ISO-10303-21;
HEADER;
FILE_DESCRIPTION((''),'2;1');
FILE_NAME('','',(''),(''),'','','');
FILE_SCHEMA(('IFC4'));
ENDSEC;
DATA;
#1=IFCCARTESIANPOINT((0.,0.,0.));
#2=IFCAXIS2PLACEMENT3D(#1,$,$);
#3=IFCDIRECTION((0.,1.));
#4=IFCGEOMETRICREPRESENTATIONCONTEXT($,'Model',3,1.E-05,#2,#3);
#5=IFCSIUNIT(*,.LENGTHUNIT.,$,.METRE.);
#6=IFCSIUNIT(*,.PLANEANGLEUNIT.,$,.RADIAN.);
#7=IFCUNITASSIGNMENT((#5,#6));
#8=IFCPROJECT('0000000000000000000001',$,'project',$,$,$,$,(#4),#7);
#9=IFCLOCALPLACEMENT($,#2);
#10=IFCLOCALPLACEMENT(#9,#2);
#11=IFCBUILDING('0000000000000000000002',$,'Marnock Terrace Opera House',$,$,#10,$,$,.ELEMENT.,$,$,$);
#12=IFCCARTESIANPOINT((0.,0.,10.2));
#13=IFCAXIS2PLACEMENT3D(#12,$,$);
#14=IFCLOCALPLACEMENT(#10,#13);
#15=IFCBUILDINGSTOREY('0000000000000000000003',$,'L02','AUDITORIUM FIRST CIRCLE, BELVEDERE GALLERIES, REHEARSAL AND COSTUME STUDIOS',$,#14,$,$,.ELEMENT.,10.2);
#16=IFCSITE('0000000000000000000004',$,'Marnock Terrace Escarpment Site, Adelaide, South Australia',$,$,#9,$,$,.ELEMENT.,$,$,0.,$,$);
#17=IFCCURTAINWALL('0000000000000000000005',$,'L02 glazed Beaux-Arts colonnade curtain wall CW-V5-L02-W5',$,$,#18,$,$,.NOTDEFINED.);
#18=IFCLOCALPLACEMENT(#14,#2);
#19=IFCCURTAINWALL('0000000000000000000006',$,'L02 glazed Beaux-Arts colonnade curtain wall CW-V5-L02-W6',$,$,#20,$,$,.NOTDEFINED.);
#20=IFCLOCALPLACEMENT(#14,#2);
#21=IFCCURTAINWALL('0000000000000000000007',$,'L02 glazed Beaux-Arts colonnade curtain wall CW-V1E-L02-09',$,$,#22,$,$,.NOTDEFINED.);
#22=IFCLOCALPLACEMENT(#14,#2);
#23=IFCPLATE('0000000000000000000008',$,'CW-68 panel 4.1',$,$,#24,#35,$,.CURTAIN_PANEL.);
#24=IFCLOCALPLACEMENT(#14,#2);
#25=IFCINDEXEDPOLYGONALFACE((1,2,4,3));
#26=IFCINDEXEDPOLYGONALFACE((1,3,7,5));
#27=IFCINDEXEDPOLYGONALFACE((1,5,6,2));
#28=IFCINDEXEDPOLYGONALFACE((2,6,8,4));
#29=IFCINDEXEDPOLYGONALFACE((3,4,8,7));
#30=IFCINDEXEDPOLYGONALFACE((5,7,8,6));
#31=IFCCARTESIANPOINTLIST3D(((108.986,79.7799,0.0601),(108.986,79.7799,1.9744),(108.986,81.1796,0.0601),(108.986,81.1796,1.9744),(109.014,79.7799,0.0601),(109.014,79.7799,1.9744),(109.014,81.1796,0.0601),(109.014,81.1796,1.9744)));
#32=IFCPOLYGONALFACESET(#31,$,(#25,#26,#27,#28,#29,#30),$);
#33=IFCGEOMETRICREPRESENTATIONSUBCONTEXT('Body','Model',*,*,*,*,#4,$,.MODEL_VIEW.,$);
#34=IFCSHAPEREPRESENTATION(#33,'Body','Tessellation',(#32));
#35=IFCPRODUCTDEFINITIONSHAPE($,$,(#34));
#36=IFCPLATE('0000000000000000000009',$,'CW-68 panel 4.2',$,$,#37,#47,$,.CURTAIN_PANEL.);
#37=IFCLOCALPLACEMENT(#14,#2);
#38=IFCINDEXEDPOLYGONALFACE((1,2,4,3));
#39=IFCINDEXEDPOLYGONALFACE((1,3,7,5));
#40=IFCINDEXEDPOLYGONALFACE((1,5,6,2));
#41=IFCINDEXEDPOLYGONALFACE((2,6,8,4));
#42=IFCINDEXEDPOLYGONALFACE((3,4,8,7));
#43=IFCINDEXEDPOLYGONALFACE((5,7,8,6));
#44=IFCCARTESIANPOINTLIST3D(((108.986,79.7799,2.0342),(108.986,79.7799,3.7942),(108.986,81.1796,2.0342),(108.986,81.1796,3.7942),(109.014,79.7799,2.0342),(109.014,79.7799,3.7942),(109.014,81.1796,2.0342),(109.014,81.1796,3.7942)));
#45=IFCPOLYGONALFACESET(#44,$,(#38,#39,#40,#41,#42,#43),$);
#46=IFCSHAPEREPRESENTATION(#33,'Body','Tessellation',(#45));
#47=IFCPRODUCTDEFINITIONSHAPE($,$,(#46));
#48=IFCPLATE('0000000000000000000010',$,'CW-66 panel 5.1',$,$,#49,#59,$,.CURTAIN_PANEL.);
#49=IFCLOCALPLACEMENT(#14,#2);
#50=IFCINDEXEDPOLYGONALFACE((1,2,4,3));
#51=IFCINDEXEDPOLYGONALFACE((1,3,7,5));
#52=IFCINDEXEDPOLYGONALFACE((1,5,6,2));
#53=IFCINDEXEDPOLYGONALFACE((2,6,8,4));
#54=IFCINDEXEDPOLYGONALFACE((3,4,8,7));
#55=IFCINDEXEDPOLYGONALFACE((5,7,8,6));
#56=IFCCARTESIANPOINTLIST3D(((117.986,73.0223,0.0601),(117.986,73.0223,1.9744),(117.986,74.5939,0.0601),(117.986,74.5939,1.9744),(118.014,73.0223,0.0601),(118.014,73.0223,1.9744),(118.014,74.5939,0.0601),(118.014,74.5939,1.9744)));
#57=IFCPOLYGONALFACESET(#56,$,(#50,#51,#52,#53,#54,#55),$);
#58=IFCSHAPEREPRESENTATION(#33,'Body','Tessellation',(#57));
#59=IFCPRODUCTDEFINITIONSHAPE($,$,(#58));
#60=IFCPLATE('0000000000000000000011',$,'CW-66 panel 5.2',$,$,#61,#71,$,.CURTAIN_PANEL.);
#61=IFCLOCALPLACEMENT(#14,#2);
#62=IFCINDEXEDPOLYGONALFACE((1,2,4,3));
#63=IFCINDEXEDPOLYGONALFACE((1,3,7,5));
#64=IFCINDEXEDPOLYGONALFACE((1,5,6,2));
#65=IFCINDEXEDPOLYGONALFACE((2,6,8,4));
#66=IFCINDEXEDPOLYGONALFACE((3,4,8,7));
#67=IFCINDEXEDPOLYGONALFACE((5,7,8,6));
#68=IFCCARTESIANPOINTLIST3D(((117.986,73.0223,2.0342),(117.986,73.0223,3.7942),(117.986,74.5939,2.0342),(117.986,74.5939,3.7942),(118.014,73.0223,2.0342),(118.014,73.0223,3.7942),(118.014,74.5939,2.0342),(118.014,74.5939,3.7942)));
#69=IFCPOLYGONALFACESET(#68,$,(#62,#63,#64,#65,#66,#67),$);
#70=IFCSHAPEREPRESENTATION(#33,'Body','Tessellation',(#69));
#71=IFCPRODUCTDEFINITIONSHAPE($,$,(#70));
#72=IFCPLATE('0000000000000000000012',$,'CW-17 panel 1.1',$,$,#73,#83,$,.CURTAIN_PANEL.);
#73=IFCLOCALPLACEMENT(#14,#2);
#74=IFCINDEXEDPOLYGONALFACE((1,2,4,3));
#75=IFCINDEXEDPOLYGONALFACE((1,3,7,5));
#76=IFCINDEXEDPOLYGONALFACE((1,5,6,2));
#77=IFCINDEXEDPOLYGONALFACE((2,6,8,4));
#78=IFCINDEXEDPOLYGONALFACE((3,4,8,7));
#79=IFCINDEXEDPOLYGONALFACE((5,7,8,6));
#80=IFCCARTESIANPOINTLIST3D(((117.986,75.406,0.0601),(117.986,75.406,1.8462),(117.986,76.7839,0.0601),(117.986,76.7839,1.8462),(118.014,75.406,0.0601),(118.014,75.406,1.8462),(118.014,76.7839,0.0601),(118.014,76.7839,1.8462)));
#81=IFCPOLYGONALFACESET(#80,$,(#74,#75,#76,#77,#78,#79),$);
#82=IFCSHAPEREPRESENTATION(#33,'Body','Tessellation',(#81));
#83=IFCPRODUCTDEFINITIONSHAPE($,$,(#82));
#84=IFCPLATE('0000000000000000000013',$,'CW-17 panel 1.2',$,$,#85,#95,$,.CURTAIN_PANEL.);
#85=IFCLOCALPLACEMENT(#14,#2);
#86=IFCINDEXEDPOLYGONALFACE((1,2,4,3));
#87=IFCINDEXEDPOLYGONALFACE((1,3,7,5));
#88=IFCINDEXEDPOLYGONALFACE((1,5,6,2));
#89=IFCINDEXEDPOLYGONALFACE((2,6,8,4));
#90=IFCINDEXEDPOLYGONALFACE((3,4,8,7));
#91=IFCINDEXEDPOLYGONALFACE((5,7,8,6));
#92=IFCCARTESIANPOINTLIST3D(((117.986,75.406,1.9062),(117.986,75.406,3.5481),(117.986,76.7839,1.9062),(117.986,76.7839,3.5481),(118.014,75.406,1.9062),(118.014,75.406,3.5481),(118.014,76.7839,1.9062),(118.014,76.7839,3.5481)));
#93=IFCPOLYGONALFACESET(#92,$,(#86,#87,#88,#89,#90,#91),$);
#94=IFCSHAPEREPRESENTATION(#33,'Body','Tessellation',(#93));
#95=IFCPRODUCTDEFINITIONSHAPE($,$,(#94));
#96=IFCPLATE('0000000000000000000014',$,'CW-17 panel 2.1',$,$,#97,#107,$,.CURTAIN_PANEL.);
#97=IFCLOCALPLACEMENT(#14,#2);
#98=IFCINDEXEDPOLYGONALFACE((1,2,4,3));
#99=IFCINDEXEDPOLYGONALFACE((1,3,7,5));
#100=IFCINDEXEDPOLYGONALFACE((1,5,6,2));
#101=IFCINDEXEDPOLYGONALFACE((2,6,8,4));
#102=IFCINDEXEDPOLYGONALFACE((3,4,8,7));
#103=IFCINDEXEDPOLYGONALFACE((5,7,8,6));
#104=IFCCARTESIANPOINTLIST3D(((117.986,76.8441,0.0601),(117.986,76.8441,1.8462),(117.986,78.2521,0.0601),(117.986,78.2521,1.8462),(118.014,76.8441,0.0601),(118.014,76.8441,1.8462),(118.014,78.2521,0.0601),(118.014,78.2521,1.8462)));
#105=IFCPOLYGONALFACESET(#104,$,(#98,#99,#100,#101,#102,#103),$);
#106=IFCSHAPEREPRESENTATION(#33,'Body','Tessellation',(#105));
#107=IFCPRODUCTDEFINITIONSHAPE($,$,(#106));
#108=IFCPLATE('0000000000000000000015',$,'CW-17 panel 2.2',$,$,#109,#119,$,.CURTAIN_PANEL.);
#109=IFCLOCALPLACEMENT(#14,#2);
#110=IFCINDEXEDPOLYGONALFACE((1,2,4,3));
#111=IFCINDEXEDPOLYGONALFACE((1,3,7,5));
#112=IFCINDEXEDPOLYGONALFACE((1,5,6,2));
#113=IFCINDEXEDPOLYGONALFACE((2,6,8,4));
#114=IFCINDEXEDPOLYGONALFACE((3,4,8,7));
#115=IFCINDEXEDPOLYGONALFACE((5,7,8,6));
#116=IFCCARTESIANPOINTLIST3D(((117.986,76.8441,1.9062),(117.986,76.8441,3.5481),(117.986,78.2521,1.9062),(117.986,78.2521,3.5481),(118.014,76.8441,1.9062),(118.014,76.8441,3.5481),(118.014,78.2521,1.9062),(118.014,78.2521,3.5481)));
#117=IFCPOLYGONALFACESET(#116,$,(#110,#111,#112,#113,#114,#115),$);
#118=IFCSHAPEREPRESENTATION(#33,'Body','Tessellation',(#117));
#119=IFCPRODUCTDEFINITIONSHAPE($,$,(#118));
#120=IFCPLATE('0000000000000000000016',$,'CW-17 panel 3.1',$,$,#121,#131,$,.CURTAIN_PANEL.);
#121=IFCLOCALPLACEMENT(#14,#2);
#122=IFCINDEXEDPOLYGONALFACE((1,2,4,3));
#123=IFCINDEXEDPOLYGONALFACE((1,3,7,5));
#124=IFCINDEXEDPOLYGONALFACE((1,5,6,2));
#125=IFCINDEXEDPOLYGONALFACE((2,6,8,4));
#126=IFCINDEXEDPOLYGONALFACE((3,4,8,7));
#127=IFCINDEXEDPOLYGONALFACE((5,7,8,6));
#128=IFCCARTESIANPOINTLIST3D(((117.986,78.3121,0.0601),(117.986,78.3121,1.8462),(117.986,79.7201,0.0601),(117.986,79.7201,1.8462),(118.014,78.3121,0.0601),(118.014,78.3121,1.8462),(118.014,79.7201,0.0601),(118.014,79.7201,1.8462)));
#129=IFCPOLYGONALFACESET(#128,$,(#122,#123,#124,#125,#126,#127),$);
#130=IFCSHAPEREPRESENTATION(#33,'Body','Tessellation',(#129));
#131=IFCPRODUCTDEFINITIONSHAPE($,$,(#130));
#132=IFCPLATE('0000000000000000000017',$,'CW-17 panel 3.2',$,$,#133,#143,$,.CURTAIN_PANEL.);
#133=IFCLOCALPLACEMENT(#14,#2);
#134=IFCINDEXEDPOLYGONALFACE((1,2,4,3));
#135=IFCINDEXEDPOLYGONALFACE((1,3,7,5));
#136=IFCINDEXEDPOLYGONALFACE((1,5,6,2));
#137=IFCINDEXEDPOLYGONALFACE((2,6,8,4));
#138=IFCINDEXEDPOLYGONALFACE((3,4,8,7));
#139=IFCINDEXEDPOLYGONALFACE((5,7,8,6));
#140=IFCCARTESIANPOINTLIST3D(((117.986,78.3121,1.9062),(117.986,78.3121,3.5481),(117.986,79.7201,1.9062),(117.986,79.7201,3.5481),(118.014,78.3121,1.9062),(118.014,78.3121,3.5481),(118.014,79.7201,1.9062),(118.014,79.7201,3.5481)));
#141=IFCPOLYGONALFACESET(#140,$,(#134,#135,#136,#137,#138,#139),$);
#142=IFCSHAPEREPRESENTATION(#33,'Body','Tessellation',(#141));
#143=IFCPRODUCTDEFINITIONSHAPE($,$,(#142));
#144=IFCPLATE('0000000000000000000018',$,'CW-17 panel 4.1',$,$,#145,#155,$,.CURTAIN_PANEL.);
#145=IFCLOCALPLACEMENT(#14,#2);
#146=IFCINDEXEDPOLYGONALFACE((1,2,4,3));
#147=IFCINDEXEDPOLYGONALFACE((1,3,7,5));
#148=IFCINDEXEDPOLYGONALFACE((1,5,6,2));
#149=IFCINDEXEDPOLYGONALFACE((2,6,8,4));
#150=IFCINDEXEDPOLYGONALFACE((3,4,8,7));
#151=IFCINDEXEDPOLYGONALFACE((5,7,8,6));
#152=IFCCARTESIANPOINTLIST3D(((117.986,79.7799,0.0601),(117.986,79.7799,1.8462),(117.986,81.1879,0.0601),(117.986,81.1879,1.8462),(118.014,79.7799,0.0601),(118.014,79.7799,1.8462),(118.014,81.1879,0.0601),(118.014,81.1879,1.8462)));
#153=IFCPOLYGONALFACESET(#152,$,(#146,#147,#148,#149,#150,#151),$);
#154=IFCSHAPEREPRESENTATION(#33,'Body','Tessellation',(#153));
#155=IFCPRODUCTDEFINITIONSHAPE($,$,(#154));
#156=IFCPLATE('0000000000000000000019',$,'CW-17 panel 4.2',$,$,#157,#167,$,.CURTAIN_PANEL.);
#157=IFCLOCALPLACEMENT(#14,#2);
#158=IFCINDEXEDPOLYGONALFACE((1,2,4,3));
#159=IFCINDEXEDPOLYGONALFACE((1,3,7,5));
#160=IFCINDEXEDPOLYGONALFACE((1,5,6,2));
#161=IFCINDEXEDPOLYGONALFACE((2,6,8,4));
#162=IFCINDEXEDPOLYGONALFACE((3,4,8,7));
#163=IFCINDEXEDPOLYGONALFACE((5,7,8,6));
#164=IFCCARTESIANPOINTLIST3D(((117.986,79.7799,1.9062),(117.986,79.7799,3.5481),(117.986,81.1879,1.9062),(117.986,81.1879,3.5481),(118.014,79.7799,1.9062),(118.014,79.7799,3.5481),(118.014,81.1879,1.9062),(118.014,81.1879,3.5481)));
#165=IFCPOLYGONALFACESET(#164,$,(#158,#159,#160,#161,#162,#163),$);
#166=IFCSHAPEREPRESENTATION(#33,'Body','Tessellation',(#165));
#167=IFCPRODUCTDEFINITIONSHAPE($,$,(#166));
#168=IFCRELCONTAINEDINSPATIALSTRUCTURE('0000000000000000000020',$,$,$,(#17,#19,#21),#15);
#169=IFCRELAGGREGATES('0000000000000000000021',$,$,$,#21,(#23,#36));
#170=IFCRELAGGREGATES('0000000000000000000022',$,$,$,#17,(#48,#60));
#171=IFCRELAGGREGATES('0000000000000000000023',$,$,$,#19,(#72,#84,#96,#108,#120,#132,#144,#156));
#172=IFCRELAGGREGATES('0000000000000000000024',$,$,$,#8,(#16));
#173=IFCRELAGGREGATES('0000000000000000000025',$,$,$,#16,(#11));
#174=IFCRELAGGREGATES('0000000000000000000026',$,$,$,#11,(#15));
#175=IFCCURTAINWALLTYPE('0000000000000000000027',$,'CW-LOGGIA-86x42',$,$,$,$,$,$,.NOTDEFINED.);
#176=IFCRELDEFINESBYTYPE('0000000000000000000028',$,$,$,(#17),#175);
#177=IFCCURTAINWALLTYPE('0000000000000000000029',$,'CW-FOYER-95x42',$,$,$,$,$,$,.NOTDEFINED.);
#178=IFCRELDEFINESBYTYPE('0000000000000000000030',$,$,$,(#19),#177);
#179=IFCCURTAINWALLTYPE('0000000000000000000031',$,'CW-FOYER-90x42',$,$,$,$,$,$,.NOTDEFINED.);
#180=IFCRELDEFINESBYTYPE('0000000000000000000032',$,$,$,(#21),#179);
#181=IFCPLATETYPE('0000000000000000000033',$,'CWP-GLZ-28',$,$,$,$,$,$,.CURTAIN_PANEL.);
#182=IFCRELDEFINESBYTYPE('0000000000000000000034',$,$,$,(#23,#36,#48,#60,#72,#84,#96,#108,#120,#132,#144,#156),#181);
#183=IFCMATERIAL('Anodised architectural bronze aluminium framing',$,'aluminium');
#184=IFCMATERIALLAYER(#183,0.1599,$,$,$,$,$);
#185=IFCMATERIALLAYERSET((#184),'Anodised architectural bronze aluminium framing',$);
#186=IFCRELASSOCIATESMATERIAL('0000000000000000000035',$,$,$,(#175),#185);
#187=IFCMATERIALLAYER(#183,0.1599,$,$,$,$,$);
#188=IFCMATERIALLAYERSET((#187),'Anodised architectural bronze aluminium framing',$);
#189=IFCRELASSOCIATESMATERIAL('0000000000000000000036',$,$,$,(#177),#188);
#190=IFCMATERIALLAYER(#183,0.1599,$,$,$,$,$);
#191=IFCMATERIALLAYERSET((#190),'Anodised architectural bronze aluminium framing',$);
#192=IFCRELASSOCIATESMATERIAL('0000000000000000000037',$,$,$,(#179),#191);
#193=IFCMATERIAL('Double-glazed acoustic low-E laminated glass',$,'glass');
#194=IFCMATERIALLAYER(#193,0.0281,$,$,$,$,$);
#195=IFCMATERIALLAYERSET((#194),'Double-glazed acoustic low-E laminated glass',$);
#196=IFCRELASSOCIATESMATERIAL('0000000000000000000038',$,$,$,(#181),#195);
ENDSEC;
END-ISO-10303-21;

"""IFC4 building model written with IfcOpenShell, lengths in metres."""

from ifc_helpers import new_model, si_unit, direction, frame, origin, origin_2d, place, context, subcontext, project, spatial, rectangle, extrude, material, layer, layer_set, type_object, element, aggregate, save


model = new_model("IFC4")

# Units and contexts
model_context = context("Model", 3, precision=1e-05, world=origin(), true_north=direction((0.0, 1.0)))
body_context = subcontext(model_context, "Body", "Model", "MODEL_VIEW")
ifc_project = project(units=[si_unit("LENGTHUNIT", "METRE"), si_unit("PLANEANGLEUNIT", "RADIAN")], contexts=[model_context])

# Site, building, storey
site_placement = place(None, origin())
site = spatial("IfcSite", under=ifc_project, at=site_placement, Name="Marnock Terrace Escarpment Site, Adelaide, South Australia", CompositionType="ELEMENT", RefElevation=0.0)
building_placement = place(site_placement, origin())
building = spatial("IfcBuilding", under=site, at=building_placement, Name="Marnock Terrace Opera House", CompositionType="ELEMENT")
storey_placement = place(building_placement, frame((0.0, 0.0, 10.2)))
storey = spatial("IfcBuildingStorey", under=building, at=storey_placement, Name="L02", Description="AUDITORIUM FIRST CIRCLE, BELVEDERE GALLERIES, REHEARSAL AND COSTUME STUDIOS", CompositionType="ELEMENT", Elevation=10.2)

# Curtain wall
ifc_material_1 = material(Name="Anodised architectural bronze aluminium framing", Category="aluminium")
ifc_layer_1 = layer(ifc_material_1, 0.1599)
ifc_layer_set_1 = layer_set([ifc_layer_1], Name="Anodised architectural bronze aluminium framing")
curtain_wall_type_1 = type_object("IfcCurtainWallType", Name="CW-LOGGIA-86x42", PredefinedType="NOTDEFINED", material=ifc_layer_set_1)
curtain_wall_1_placement = place(storey_placement, origin())
curtain_wall_1 = element("IfcCurtainWall", 1, at=curtain_wall_1_placement, inside=storey, type_object=curtain_wall_type_1, Name="L02 glazed Beaux-Arts colonnade curtain wall CW-V5-L02-W5", PredefinedType="NOTDEFINED")

# Curtain wall
ifc_layer_2 = layer(ifc_material_1, 0.1599)
ifc_layer_set_2 = layer_set([ifc_layer_2], Name="Anodised architectural bronze aluminium framing")
curtain_wall_type_2 = type_object("IfcCurtainWallType", Name="CW-FOYER-95x42", PredefinedType="NOTDEFINED", material=ifc_layer_set_2)
curtain_wall_2_placement = place(storey_placement, origin())
curtain_wall_2 = element("IfcCurtainWall", 2, at=curtain_wall_2_placement, inside=storey, type_object=curtain_wall_type_2, Name="L02 glazed Beaux-Arts colonnade curtain wall CW-V5-L02-W6", PredefinedType="NOTDEFINED")

# Curtain wall
ifc_layer_3 = layer(ifc_material_1, 0.1599)
ifc_layer_set_3 = layer_set([ifc_layer_3], Name="Anodised architectural bronze aluminium framing")
curtain_wall_type_3 = type_object("IfcCurtainWallType", Name="CW-FOYER-90x42", PredefinedType="NOTDEFINED", material=ifc_layer_set_3)
curtain_wall_3_placement = place(storey_placement, origin())
curtain_wall_3 = element("IfcCurtainWall", 3, at=curtain_wall_3_placement, inside=storey, type_object=curtain_wall_type_3, Name="L02 glazed Beaux-Arts colonnade curtain wall CW-V1E-L02-09", PredefinedType="NOTDEFINED")

# Plates
ifc_material_2 = material(Name="Double-glazed acoustic low-E laminated glass", Category="glass")
ifc_layer_4 = layer(ifc_material_2, 0.0281)
ifc_layer_set_4 = layer_set([ifc_layer_4], Name="Double-glazed acoustic low-E laminated glass")
plate_type = type_object("IfcPlateType", Name="CWP-GLZ-28", PredefinedType="CURTAIN_PANEL", material=ifc_layer_set_4)
plate_1_placement = place(storey_placement, frame((109.0, 80.4797, 0.0601), z_axis=(0.0, 0.0, 1.0), x_axis=(0.0, 1.0, 0.0)))
plate_1 = element("IfcPlate", 4, at=plate_1_placement, type_object=plate_type, Name="CW-68 panel 4.1", PredefinedType="CURTAIN_PANEL", context=body_context, shape_type="SweptSolid", body=[
    extrude(rectangle(XDim=1.3997, YDim=0.0281, at=origin_2d()), origin(), (0.0, 0.0, 1.0), 1.9143),
])
plate_2_placement = place(storey_placement, frame((109.0, 80.4797, 2.0342), z_axis=(0.0, 0.0, 1.0), x_axis=(0.0, 1.0, 0.0)))
plate_2 = element("IfcPlate", 5, at=plate_2_placement, type_object=plate_type, Name="CW-68 panel 4.2", PredefinedType="CURTAIN_PANEL", context=body_context, shape_type="SweptSolid", body=[
    extrude(rectangle(XDim=1.3997, YDim=0.0281, at=origin_2d()), origin(), (0.0, 0.0, 1.0), 1.76),
])
aggregate(curtain_wall_3, [plate_1, plate_2])
plate_3_placement = place(storey_placement, frame((118.0, 73.8081, 0.0601), z_axis=(0.0, 0.0, 1.0), x_axis=(0.0, 1.0, 0.0)))
plate_3 = element("IfcPlate", 6, at=plate_3_placement, type_object=plate_type, Name="CW-66 panel 5.1", PredefinedType="CURTAIN_PANEL", context=body_context, shape_type="SweptSolid", body=[
    extrude(rectangle(XDim=1.5715, YDim=0.0281, at=origin_2d()), origin(), (0.0, 0.0, 1.0), 1.9143),
])
plate_4_placement = place(storey_placement, frame((118.0, 73.8081, 2.0342), z_axis=(0.0, 0.0, 1.0), x_axis=(0.0, 1.0, 0.0)))
plate_4 = element("IfcPlate", 7, at=plate_4_placement, type_object=plate_type, Name="CW-66 panel 5.2", PredefinedType="CURTAIN_PANEL", context=body_context, shape_type="SweptSolid", body=[
    extrude(rectangle(XDim=1.5715, YDim=0.0281, at=origin_2d()), origin(), (0.0, 0.0, 1.0), 1.76),
])
aggregate(curtain_wall_1, [plate_3, plate_4])
plate_5_placement = place(storey_placement, frame((118.0, 76.095, 0.0601), z_axis=(0.0, 0.0, 1.0), x_axis=(0.0, 1.0, 0.0)))
plate_5 = element("IfcPlate", 8, at=plate_5_placement, type_object=plate_type, Name="CW-17 panel 1.1", PredefinedType="CURTAIN_PANEL", context=body_context, shape_type="SweptSolid", body=[
    extrude(rectangle(XDim=1.3779, YDim=0.0281, at=origin_2d()), origin(), (0.0, 0.0, 1.0), 1.7861),
])
plate_6_placement = place(storey_placement, frame((118.0, 76.095, 1.9062), z_axis=(0.0, 0.0, 1.0), x_axis=(0.0, 1.0, 0.0)))
plate_6 = element("IfcPlate", 9, at=plate_6_placement, type_object=plate_type, Name="CW-17 panel 1.2", PredefinedType="CURTAIN_PANEL", context=body_context, shape_type="SweptSolid", body=[
    extrude(rectangle(XDim=1.3779, YDim=0.0281, at=origin_2d()), origin(), (0.0, 0.0, 1.0), 1.6418),
])
plate_7_placement = place(storey_placement, frame((118.0, 77.5481, 0.0601), z_axis=(0.0, 0.0, 1.0), x_axis=(0.0, 1.0, 0.0)))
plate_7 = element("IfcPlate", 10, at=plate_7_placement, type_object=plate_type, Name="CW-17 panel 2.1", PredefinedType="CURTAIN_PANEL", context=body_context, shape_type="SweptSolid", body=[
    extrude(rectangle(XDim=1.408, YDim=0.0281, at=origin_2d()), origin(), (0.0, 0.0, 1.0), 1.7861),
])
plate_8_placement = place(storey_placement, frame((118.0, 77.5481, 1.9062), z_axis=(0.0, 0.0, 1.0), x_axis=(0.0, 1.0, 0.0)))
plate_8 = element("IfcPlate", 11, at=plate_8_placement, type_object=plate_type, Name="CW-17 panel 2.2", PredefinedType="CURTAIN_PANEL", context=body_context, shape_type="SweptSolid", body=[
    extrude(rectangle(XDim=1.408, YDim=0.0281, at=origin_2d()), origin(), (0.0, 0.0, 1.0), 1.6418),
])
plate_9_placement = place(storey_placement, frame((118.0, 79.0161, 0.0601), z_axis=(0.0, 0.0, 1.0), x_axis=(0.0, 1.0, 0.0)))
plate_9 = element("IfcPlate", 12, at=plate_9_placement, type_object=plate_type, Name="CW-17 panel 3.1", PredefinedType="CURTAIN_PANEL", context=body_context, shape_type="SweptSolid", body=[
    extrude(rectangle(XDim=1.408, YDim=0.0281, at=origin_2d()), origin(), (0.0, 0.0, 1.0), 1.7861),
])
plate_10_placement = place(storey_placement, frame((118.0, 79.0161, 1.9062), z_axis=(0.0, 0.0, 1.0), x_axis=(0.0, 1.0, 0.0)))
plate_10 = element("IfcPlate", 13, at=plate_10_placement, type_object=plate_type, Name="CW-17 panel 3.2", PredefinedType="CURTAIN_PANEL", context=body_context, shape_type="SweptSolid", body=[
    extrude(rectangle(XDim=1.408, YDim=0.0281, at=origin_2d()), origin(), (0.0, 0.0, 1.0), 1.6418),
])
plate_11_placement = place(storey_placement, frame((118.0, 80.4839, 0.0601), z_axis=(0.0, 0.0, 1.0), x_axis=(0.0, 1.0, 0.0)))
plate_11 = element("IfcPlate", 14, at=plate_11_placement, type_object=plate_type, Name="CW-17 panel 4.1", PredefinedType="CURTAIN_PANEL", context=body_context, shape_type="SweptSolid", body=[
    extrude(rectangle(XDim=1.408, YDim=0.0281, at=origin_2d()), origin(), (0.0, 0.0, 1.0), 1.7861),
])
plate_12_placement = place(storey_placement, frame((118.0, 80.4839, 1.9062), z_axis=(0.0, 0.0, 1.0), x_axis=(0.0, 1.0, 0.0)))
plate_12 = element("IfcPlate", 15, at=plate_12_placement, type_object=plate_type, Name="CW-17 panel 4.2", PredefinedType="CURTAIN_PANEL", context=body_context, shape_type="SweptSolid", body=[
    extrude(rectangle(XDim=1.408, YDim=0.0281, at=origin_2d()), origin(), (0.0, 0.0, 1.0), 1.6418),
])
aggregate(curtain_wall_2, [plate_5, plate_6, plate_7, plate_8, plate_9, plate_10, plate_11, plate_12])

save(model, "model.ifc")
